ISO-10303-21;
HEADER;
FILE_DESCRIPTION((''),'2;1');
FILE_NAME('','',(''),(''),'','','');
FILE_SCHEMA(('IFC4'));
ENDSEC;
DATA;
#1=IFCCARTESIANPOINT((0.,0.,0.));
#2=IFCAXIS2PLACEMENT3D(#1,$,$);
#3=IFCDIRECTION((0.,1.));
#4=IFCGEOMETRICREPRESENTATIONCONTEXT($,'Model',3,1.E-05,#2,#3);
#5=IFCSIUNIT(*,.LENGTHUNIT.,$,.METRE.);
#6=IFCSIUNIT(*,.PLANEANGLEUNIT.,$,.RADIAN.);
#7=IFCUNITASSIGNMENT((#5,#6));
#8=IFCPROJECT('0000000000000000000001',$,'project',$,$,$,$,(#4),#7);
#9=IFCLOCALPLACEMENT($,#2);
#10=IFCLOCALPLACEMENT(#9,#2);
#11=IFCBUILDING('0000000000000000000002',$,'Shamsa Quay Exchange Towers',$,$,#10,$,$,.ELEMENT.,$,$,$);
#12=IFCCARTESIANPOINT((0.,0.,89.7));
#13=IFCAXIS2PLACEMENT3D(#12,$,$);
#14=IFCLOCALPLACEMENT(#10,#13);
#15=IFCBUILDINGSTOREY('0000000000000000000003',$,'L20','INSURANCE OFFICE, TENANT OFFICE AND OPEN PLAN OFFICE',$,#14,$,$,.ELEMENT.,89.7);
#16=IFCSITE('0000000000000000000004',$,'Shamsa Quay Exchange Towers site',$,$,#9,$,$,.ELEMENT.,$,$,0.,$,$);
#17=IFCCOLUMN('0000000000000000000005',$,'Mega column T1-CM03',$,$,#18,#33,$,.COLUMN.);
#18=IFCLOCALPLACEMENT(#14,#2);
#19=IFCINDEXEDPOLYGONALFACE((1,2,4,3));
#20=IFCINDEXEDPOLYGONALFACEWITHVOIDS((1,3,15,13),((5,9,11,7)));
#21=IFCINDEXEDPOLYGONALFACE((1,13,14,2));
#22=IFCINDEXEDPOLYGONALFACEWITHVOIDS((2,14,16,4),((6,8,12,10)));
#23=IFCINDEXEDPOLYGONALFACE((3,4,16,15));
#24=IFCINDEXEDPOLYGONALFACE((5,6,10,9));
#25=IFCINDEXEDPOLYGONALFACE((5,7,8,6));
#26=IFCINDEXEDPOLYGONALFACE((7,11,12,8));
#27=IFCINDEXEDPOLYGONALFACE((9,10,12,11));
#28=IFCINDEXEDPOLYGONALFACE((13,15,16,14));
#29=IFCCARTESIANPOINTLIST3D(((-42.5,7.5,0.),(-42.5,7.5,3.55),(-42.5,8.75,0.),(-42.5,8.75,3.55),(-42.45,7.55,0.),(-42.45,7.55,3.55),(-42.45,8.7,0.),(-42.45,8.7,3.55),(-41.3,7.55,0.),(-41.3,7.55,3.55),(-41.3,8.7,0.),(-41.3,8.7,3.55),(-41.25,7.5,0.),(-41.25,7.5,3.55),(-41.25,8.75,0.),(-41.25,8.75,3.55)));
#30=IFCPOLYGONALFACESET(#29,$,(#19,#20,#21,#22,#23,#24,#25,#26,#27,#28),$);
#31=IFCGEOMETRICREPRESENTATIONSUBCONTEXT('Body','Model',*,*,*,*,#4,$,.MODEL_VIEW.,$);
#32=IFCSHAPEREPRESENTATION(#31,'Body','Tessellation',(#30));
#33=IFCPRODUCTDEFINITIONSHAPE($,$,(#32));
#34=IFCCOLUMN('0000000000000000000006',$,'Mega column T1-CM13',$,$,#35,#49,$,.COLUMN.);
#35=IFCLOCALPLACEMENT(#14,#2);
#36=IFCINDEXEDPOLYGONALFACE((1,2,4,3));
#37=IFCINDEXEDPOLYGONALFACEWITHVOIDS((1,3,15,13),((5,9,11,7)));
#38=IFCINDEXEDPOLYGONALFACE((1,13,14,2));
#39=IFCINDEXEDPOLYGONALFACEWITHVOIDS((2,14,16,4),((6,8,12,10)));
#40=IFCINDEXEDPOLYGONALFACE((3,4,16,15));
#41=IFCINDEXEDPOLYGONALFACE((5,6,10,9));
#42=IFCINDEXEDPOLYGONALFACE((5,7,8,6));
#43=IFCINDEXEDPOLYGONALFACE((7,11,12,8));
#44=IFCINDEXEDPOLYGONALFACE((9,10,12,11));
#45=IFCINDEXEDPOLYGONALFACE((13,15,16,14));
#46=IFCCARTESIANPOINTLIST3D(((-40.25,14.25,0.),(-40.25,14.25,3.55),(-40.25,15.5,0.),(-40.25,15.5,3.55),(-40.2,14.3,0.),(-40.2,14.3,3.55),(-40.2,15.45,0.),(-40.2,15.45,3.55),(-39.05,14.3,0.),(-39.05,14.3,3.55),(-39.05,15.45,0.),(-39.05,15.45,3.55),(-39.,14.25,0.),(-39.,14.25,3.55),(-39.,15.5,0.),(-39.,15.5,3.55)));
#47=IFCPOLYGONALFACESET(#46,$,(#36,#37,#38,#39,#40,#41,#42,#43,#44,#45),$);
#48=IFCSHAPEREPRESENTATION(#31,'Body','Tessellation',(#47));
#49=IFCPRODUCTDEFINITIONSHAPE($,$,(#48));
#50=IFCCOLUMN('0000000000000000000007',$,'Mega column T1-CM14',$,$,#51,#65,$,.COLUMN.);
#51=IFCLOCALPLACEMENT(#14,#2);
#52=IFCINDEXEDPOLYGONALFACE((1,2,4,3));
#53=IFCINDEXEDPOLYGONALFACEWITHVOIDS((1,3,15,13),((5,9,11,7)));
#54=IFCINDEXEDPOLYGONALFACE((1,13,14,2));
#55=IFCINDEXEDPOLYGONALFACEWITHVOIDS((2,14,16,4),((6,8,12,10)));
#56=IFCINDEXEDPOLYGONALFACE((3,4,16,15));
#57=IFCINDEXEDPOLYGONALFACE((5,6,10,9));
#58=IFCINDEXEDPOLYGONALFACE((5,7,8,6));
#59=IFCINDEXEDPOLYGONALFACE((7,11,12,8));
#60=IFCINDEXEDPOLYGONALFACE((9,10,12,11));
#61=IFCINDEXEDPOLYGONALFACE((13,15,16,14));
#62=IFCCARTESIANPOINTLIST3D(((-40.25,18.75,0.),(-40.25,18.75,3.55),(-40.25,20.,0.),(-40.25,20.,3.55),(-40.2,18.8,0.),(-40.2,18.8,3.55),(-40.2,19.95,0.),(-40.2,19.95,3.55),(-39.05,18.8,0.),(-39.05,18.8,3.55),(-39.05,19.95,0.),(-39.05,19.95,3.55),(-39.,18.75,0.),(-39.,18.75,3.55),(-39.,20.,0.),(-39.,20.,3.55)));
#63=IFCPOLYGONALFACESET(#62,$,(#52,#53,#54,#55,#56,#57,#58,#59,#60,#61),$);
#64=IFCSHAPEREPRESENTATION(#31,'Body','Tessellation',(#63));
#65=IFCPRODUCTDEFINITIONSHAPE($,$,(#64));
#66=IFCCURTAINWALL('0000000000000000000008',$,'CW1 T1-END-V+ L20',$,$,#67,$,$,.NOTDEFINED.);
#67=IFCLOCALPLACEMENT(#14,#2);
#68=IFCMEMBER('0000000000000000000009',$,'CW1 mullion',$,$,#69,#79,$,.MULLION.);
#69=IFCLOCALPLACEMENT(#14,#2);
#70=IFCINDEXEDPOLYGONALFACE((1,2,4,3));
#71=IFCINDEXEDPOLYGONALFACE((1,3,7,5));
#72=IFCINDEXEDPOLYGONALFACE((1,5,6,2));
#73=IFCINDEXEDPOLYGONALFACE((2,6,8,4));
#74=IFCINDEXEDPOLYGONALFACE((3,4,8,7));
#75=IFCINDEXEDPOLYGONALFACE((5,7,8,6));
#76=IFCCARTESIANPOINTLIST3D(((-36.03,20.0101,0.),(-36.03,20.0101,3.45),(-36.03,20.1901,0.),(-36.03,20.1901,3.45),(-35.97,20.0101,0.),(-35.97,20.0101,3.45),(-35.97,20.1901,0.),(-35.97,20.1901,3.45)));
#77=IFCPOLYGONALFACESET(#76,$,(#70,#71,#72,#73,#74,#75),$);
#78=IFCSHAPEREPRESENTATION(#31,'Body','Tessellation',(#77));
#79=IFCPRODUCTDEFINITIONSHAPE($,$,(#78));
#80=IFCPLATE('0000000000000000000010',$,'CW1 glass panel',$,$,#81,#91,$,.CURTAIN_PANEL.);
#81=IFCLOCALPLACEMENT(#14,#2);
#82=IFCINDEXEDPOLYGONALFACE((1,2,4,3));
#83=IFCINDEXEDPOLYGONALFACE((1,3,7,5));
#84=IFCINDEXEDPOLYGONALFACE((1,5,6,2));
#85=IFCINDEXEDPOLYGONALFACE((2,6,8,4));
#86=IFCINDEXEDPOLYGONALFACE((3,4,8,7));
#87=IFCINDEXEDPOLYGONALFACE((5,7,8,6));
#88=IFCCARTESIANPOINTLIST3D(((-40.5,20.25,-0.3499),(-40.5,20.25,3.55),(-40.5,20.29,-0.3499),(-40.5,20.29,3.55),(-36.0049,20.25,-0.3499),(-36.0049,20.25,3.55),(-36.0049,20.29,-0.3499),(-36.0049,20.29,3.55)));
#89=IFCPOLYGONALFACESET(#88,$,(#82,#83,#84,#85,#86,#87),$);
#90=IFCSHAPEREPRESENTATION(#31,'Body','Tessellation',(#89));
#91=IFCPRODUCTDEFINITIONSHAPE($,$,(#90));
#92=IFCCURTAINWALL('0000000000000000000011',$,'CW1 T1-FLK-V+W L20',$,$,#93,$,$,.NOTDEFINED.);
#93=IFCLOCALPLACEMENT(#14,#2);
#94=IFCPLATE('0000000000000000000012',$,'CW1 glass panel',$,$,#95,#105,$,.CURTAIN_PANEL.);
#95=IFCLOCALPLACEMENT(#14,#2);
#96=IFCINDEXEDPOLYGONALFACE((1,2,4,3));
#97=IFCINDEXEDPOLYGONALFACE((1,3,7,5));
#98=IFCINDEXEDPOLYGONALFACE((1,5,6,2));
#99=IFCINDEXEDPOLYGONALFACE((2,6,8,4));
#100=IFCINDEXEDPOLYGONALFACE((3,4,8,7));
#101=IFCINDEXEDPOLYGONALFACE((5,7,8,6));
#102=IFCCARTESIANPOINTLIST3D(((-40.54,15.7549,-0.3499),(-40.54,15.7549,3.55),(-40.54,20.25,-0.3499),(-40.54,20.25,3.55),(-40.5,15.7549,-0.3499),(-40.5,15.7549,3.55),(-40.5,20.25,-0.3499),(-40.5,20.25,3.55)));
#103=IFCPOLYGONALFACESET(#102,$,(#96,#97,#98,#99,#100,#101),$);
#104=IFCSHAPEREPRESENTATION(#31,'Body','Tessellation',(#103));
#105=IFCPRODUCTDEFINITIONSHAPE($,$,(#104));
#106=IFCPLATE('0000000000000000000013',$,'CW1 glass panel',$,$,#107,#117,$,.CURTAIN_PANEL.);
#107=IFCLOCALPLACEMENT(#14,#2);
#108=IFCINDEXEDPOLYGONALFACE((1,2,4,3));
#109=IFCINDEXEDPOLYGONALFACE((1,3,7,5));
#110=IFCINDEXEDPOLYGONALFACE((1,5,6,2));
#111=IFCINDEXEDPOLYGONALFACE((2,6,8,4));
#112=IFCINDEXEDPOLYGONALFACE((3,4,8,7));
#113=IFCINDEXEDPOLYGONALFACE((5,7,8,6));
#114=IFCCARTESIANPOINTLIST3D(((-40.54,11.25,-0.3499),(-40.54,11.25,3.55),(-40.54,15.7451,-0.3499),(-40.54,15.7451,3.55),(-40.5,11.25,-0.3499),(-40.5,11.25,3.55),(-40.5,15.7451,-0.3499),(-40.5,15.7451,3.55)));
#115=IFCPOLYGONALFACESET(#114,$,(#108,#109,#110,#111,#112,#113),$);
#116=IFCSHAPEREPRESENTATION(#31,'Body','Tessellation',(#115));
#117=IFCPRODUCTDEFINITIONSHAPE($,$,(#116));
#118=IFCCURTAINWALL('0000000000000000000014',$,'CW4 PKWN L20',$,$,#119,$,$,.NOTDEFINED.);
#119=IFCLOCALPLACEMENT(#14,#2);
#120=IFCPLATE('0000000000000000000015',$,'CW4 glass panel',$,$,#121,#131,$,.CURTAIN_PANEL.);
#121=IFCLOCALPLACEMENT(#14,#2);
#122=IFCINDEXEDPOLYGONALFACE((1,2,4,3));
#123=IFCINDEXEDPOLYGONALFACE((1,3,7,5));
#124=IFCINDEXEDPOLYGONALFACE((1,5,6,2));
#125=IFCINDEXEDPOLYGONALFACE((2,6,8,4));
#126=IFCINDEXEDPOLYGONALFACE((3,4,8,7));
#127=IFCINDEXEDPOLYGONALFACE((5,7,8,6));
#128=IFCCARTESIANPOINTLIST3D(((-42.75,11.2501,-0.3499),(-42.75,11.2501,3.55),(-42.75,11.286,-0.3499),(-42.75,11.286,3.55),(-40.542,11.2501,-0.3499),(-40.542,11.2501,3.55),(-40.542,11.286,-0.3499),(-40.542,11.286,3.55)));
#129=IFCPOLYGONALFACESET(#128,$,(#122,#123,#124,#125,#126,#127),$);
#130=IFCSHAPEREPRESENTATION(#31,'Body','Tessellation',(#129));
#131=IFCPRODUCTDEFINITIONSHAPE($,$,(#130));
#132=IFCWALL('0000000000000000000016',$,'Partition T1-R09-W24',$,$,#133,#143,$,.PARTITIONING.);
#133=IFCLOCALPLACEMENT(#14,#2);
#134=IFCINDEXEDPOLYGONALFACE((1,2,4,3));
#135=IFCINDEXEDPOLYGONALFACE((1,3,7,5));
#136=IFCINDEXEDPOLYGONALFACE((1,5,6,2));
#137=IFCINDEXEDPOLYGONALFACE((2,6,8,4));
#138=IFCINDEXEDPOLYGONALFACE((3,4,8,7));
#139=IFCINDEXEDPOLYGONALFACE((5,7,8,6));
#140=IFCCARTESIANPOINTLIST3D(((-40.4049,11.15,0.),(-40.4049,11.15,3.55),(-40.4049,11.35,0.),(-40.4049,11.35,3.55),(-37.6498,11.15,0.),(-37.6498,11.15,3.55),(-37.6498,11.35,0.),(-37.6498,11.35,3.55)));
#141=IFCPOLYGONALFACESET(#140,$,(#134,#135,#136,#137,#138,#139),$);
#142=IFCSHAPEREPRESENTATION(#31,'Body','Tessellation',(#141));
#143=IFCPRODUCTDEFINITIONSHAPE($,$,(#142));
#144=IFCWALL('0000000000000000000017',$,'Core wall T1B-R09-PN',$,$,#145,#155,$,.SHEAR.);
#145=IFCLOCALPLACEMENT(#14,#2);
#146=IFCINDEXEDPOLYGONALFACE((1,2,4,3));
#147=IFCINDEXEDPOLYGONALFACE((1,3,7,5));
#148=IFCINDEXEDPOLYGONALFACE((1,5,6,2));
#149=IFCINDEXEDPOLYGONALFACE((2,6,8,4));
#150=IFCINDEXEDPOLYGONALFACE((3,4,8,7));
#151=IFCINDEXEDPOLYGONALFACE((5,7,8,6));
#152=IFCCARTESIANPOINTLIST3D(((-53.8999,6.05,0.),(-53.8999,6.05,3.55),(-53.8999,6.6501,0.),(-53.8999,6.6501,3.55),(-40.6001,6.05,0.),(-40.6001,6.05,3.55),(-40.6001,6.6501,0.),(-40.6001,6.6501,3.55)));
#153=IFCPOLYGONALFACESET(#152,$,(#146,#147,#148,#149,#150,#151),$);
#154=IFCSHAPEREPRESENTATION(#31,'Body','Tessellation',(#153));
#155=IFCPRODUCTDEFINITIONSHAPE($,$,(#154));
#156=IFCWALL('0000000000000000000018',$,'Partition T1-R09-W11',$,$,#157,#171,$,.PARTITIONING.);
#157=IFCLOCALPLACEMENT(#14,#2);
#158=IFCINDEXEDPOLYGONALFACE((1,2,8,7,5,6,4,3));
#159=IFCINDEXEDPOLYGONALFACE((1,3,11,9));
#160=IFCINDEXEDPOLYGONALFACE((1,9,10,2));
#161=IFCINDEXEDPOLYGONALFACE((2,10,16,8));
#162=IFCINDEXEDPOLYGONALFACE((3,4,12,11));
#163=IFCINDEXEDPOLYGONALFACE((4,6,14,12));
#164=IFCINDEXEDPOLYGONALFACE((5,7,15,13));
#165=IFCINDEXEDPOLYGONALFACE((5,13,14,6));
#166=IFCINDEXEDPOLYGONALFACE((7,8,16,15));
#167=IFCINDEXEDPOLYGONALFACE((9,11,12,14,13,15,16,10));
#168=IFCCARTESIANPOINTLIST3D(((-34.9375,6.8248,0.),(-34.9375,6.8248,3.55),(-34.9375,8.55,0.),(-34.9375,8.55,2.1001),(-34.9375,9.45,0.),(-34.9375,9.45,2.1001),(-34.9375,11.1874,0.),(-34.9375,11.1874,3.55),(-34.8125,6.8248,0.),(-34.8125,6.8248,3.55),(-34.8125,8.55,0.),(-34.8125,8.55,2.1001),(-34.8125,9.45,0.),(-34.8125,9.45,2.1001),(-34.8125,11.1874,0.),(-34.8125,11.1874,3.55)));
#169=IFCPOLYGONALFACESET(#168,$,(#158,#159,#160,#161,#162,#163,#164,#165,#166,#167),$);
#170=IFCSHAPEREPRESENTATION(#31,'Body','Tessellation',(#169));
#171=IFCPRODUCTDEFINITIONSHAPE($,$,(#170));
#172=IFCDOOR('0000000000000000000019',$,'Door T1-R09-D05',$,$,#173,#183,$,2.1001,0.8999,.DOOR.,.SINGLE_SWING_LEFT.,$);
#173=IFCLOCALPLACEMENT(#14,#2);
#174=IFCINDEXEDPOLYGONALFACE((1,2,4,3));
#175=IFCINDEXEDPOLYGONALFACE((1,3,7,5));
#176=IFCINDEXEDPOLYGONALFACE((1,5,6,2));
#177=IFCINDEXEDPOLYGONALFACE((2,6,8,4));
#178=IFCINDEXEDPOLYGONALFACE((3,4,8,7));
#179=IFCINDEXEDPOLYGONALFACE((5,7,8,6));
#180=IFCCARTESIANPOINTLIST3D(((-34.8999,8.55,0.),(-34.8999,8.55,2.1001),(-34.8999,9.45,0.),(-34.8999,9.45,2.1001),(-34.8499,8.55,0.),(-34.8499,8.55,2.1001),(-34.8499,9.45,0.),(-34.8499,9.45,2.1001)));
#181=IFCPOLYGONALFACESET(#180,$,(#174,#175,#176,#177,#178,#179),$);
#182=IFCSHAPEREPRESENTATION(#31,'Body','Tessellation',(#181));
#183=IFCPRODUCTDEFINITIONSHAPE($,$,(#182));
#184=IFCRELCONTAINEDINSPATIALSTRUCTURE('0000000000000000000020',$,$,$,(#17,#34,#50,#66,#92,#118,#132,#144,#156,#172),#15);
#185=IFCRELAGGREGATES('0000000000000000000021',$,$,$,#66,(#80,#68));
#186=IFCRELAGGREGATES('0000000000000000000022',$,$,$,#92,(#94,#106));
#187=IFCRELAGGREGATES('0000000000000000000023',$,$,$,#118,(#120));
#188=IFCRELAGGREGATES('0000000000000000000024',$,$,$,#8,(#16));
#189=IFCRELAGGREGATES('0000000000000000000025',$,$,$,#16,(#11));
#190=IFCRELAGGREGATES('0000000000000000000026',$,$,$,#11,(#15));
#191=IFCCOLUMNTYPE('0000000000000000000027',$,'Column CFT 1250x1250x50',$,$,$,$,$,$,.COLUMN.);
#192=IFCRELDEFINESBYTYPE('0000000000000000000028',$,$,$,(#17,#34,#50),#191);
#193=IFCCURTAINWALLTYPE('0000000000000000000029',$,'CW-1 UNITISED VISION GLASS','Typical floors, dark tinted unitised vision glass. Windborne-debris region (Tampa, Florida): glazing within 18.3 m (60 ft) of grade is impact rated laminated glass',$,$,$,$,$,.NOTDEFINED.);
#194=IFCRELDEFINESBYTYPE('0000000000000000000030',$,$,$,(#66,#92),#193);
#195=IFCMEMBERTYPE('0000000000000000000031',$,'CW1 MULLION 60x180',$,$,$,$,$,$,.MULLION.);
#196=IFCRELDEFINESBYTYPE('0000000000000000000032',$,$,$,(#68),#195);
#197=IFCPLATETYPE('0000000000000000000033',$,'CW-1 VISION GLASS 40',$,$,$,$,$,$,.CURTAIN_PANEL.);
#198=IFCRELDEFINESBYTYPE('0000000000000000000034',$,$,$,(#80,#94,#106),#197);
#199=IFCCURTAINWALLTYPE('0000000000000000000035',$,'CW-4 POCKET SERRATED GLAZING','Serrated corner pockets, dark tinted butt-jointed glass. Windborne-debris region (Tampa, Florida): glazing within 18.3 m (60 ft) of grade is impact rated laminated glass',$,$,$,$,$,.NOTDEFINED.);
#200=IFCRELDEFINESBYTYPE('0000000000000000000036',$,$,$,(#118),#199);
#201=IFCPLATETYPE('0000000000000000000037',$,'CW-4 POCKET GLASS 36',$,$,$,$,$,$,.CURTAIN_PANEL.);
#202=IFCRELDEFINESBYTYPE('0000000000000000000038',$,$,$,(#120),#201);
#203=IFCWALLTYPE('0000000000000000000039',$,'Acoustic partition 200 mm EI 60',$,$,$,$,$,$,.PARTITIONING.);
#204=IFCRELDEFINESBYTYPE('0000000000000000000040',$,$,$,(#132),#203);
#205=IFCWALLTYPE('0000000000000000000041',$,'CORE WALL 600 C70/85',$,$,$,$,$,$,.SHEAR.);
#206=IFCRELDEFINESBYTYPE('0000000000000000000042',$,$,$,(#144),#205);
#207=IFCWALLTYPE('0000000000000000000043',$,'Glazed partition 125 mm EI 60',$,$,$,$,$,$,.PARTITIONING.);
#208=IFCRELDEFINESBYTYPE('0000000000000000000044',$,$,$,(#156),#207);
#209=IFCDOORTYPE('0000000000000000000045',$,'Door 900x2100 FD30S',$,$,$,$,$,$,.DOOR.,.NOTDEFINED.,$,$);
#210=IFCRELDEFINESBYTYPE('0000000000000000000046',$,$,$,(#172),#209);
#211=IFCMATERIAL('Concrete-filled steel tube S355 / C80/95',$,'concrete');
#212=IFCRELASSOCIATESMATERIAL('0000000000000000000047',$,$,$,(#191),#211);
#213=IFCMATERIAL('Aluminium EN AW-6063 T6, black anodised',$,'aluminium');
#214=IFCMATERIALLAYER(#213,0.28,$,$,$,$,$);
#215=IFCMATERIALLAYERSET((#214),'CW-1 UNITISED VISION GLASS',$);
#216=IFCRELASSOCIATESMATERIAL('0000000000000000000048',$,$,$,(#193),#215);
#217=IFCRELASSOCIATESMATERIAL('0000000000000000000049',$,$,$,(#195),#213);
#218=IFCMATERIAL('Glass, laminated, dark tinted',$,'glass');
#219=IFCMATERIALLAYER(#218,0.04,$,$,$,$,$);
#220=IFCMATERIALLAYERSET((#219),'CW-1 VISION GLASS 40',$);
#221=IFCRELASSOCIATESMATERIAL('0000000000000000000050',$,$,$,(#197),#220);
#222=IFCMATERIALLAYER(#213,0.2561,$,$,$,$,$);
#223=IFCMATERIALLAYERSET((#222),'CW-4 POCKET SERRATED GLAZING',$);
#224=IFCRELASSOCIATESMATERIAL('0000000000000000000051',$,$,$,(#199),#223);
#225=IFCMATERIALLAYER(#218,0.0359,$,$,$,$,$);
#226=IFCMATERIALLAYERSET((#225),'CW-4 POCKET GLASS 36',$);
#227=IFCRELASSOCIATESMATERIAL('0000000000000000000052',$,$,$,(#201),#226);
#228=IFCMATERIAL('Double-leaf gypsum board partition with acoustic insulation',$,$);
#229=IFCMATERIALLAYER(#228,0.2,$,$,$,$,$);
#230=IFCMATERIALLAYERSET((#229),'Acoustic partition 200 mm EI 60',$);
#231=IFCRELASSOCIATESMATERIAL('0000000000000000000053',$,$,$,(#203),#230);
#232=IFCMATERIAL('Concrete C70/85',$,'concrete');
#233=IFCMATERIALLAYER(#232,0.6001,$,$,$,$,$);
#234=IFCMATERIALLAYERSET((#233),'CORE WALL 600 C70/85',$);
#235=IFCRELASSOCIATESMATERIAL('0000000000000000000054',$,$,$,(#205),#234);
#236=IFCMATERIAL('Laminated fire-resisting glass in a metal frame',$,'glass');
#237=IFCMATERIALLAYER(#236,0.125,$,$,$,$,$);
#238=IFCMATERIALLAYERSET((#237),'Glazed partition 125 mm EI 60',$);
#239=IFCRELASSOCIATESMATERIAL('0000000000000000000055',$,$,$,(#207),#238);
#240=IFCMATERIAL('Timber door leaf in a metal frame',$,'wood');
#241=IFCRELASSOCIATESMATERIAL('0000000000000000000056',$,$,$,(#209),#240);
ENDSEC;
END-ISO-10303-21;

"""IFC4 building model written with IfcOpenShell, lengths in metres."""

from ifc_helpers import new_model, si_unit, direction, frame, frame_2d, origin, origin_2d, place, context, subcontext, project, spatial, rectangle, hollow_rectangle, extrude, material, layer, layer_set, material_profile, profile_set, type_object, element, fill, aggregate, save


model = new_model("IFC4")

# Units and contexts
model_context = context("Model", 3, precision=1e-05, world=origin(), true_north=direction((0.0, 1.0)))
body_context = subcontext(model_context, "Body", "Model", "MODEL_VIEW")
ifc_project = project(units=[si_unit("LENGTHUNIT", "METRE"), si_unit("PLANEANGLEUNIT", "RADIAN")], contexts=[model_context])

# Site, building, storey
site_placement = place(None, origin())
site = spatial("IfcSite", under=ifc_project, at=site_placement, Name="Shamsa Quay Exchange Towers site", CompositionType="ELEMENT", RefElevation=0.0)
building_placement = place(site_placement, origin())
building = spatial("IfcBuilding", under=site, at=building_placement, Name="Shamsa Quay Exchange Towers", CompositionType="ELEMENT")
storey_placement = place(building_placement, frame((0.0, 0.0, 89.7)))
storey = spatial("IfcBuildingStorey", under=building, at=storey_placement, Name="L20", Description="INSURANCE OFFICE, TENANT OFFICE AND OPEN PLAN OFFICE", CompositionType="ELEMENT", Elevation=89.7)

# Columns
ifc_material_1 = material(Name="Concrete-filled steel tube S355 / C80/95", Category="concrete")
ifc_material_profile_1 = material_profile(ifc_material_1, hollow_rectangle(XDim=1.25, YDim=1.25, WallThickness=0.05, at=origin_2d()), Name="CFT 1250x1250x50")
ifc_profile_set_1 = profile_set([ifc_material_profile_1], Name="Concrete-filled steel tube S355 / C80/95")
column_type = type_object("IfcColumnType", Name="Column CFT 1250x1250x50", PredefinedType="COLUMN", material=ifc_profile_set_1)
for number, where, name in (
    (1, (-41.875, 8.125, 0.0), "Mega column T1-CM03"),
    (2, (-39.625, 14.875, 0.0), "Mega column T1-CM13"),
    (3, (-39.625, 19.375, 0.0), "Mega column T1-CM14"),
):
    element("IfcColumn", number, at=place(storey_placement, frame(where)), inside=storey, type_object=column_type, Name=name, PredefinedType="COLUMN", context=body_context, shape_type="SweptSolid", body=[
        extrude(hollow_rectangle(XDim=1.25, YDim=1.25, WallThickness=0.05, at=origin_2d()), origin(), (0.0, 0.0, 1.0), 3.55),
    ])

# Curtain wall, member, plate
ifc_material_2 = material(Name="Aluminium EN AW-6063 T6, black anodised", Category="aluminium")
ifc_layer_1 = layer(ifc_material_2, 0.28)
ifc_layer_set_1 = layer_set([ifc_layer_1], Name="CW-1 UNITISED VISION GLASS")
curtain_wall_type_1 = type_object("IfcCurtainWallType", Name="CW-1 UNITISED VISION GLASS", Description="Typical floors, dark tinted unitised vision glass. Windborne-debris region (Tampa, Florida): glazing within 18.3 m (60 ft) of grade is impact rated laminated glass", PredefinedType="NOTDEFINED", material=ifc_layer_set_1)
curtain_wall_1_placement = place(storey_placement, origin())
curtain_wall_1 = element("IfcCurtainWall", 4, at=curtain_wall_1_placement, inside=storey, type_object=curtain_wall_type_1, Name="CW1 T1-END-V+ L20", PredefinedType="NOTDEFINED")
ifc_material_profile_2 = material_profile(ifc_material_2, rectangle(XDim=0.1799, YDim=0.0601, at=origin_2d()), Name="MU60x180")
ifc_profile_set_2 = profile_set([ifc_material_profile_2], Name="Aluminium EN AW-6063 T6, black anodised")
member_type = type_object("IfcMemberType", Name="CW1 MULLION 60x180", PredefinedType="MULLION", material=ifc_profile_set_2)
member_placement = place(storey_placement, frame((-36.0, 20.1001, 0.0), z_axis=(0.0, 0.0, 1.0), x_axis=(0.0, -1.0, 0.0)))
member = element("IfcMember", 5, at=member_placement, type_object=member_type, Name="CW1 mullion", PredefinedType="MULLION", context=body_context, shape_type="SweptSolid", body=[
    extrude(rectangle(XDim=0.1799, YDim=0.0601, at=origin_2d()), origin(), (0.0, 0.0, 1.0), 3.45),
])
ifc_material_3 = material(Name="Glass, laminated, dark tinted", Category="glass")
ifc_layer_2 = layer(ifc_material_3, 0.04)
ifc_layer_set_2 = layer_set([ifc_layer_2], Name="CW-1 VISION GLASS 40")
plate_type_1 = type_object("IfcPlateType", Name="CW-1 VISION GLASS 40", PredefinedType="CURTAIN_PANEL", material=ifc_layer_set_2)
plate_1_placement = place(storey_placement, frame((-38.2524, 20.27, -0.3499), z_axis=(0.0, 0.0, 1.0), x_axis=(-1.0, 0.0, 0.0)))
plate_1 = element("IfcPlate", 6, at=plate_1_placement, type_object=plate_type_1, Name="CW1 glass panel", PredefinedType="CURTAIN_PANEL", context=body_context, shape_type="SweptSolid", body=[
    extrude(rectangle(XDim=4.4951, YDim=0.04, at=origin_2d()), origin(), (0.0, 0.0, 1.0), 3.8999),
])
aggregate(curtain_wall_1, [plate_1, member])

# Curtain wall, plates
curtain_wall_2_placement = place(storey_placement, origin())
curtain_wall_2 = element("IfcCurtainWall", 7, at=curtain_wall_2_placement, inside=storey, type_object=curtain_wall_type_1, Name="CW1 T1-FLK-V+W L20", PredefinedType="NOTDEFINED")
plate_2_placement = place(storey_placement, frame((-40.52, 18.0024, -0.3499), z_axis=(0.0, 0.0, 1.0), x_axis=(0.0, -1.0, 0.0)))
plate_2 = element("IfcPlate", 8, at=plate_2_placement, type_object=plate_type_1, Name="CW1 glass panel", PredefinedType="CURTAIN_PANEL", context=body_context, shape_type="SweptSolid", body=[
    extrude(rectangle(XDim=4.4951, YDim=0.04, at=origin_2d()), origin(), (0.0, 0.0, 1.0), 3.8999),
])
plate_3_placement = place(storey_placement, frame((-40.52, 13.4976, -0.3499), z_axis=(0.0, 0.0, 1.0), x_axis=(0.0, -1.0, 0.0)))
plate_3 = element("IfcPlate", 9, at=plate_3_placement, type_object=plate_type_1, Name="CW1 glass panel", PredefinedType="CURTAIN_PANEL", context=body_context, shape_type="SweptSolid", body=[
    extrude(rectangle(XDim=4.4951, YDim=0.04, at=origin_2d()), origin(), (0.0, 0.0, 1.0), 3.8999),
])
aggregate(curtain_wall_2, [plate_2, plate_3])

# Curtain wall, plate
ifc_layer_3 = layer(ifc_material_2, 0.2561)
ifc_layer_set_3 = layer_set([ifc_layer_3], Name="CW-4 POCKET SERRATED GLAZING")
curtain_wall_type_2 = type_object("IfcCurtainWallType", Name="CW-4 POCKET SERRATED GLAZING", Description="Serrated corner pockets, dark tinted butt-jointed glass. Windborne-debris region (Tampa, Florida): glazing within 18.3 m (60 ft) of grade is impact rated laminated glass", PredefinedType="NOTDEFINED", material=ifc_layer_set_3)
curtain_wall_3_placement = place(storey_placement, origin())
curtain_wall_3 = element("IfcCurtainWall", 10, at=curtain_wall_3_placement, inside=storey, type_object=curtain_wall_type_2, Name="CW4 PKWN L20", PredefinedType="NOTDEFINED")
ifc_layer_4 = layer(ifc_material_3, 0.0359)
ifc_layer_set_4 = layer_set([ifc_layer_4], Name="CW-4 POCKET GLASS 36")
plate_type_2 = type_object("IfcPlateType", Name="CW-4 POCKET GLASS 36", PredefinedType="CURTAIN_PANEL", material=ifc_layer_set_4)
plate_4_placement = place(storey_placement, frame((-41.646, 11.2681, -0.3499), z_axis=(0.0, 0.0, 1.0), x_axis=(-1.0, 0.0, 0.0)))
plate_4 = element("IfcPlate", 11, at=plate_4_placement, type_object=plate_type_2, Name="CW4 glass panel", PredefinedType="CURTAIN_PANEL", context=body_context, shape_type="SweptSolid", body=[
    extrude(rectangle(XDim=2.208, YDim=0.0359, at=origin_2d()), origin(), (0.0, 0.0, 1.0), 3.8999),
])
aggregate(curtain_wall_3, [plate_4])

# Shared definitions
ifc_material_4 = material(Name="Double-leaf gypsum board partition with acoustic insulation")
ifc_layer_5 = layer(ifc_material_4, 0.2)
ifc_layer_set_5 = layer_set([ifc_layer_5], Name="Acoustic partition 200 mm EI 60")
wall_type_1 = type_object("IfcWallType", Name="Acoustic partition 200 mm EI 60", PredefinedType="PARTITIONING", material=ifc_layer_set_5)
ifc_material_5 = material(Name="Timber door leaf in a metal frame", Category="wood")

# Walls
wall_1_placement = place(storey_placement, frame((-37.6499, 11.25, 0.0), z_axis=(0.0, 0.0, 1.0), x_axis=(-1.0, 0.0, 0.0)))
element("IfcWall", 12, at=wall_1_placement, inside=storey, type_object=wall_type_1, Name="Partition T1-R09-W24", PredefinedType="PARTITIONING", context=body_context, shape_type="SweptSolid", body=[
    extrude(rectangle(XDim=2.7551, YDim=0.2, at=frame_2d((1.3774, 0.0))), origin(), (0.0, 0.0, 1.0), 3.55),
])
ifc_material_6 = material(Name="Concrete C70/85", Category="concrete")
ifc_layer_6 = layer(ifc_material_6, 0.6001)
ifc_layer_set_6 = layer_set([ifc_layer_6], Name="CORE WALL 600 C70/85")
wall_type_2 = type_object("IfcWallType", Name="CORE WALL 600 C70/85", PredefinedType="SHEAR", material=ifc_layer_set_6)
wall_2_placement = place(storey_placement, frame((-40.6001, 6.3501, 0.0), z_axis=(0.0, 0.0, 1.0), x_axis=(-1.0, 0.0, 0.0)))
element("IfcWall", 13, at=wall_2_placement, inside=storey, type_object=wall_type_2, Name="Core wall T1B-R09-PN", PredefinedType="SHEAR", context=body_context, shape_type="SweptSolid", body=[
    extrude(rectangle(XDim=13.2998, YDim=0.6001, at=frame_2d((6.6499, 0.0))), origin(), (0.0, 0.0, 1.0), 3.55),
])

# Wall, opening, door
ifc_material_7 = material(Name="Laminated fire-resisting glass in a metal frame", Category="glass")
ifc_layer_7 = layer(ifc_material_7, 0.125)
ifc_layer_set_7 = layer_set([ifc_layer_7], Name="Glazed partition 125 mm EI 60")
wall_type_3 = type_object("IfcWallType", Name="Glazed partition 125 mm EI 60", PredefinedType="PARTITIONING", material=ifc_layer_set_7)
wall_3_placement = place(storey_placement, frame((-34.875, 6.825, 0.0), z_axis=(0.0, 0.0, 1.0), x_axis=(0.0, 1.0, 0.0)))
wall_3 = element("IfcWall", 14, at=wall_3_placement, inside=storey, type_object=wall_type_3, Name="Partition T1-R09-W11", PredefinedType="PARTITIONING", context=body_context, shape_type="SweptSolid", body=[
    extrude(rectangle(XDim=4.3625, YDim=0.125, at=frame_2d((2.1812, 0.0))), origin(), (0.0, 0.0, 1.0), 3.55),
])
opening_1_placement = place(wall_3_placement, frame((1.7251, 0.0, 0.0)))
opening_1 = element("IfcOpeningElement", 15, at=opening_1_placement, cuts=wall_3, PredefinedType="OPENING", context=body_context, shape_type="SweptSolid", body=[
    extrude(rectangle(XDim=0.8999, YDim=2.1001, at=frame_2d((0.45, 1.05))), frame((0.0, 0.0725, 0.0), z_axis=(0.0, -1.0, 0.0), x_axis=(1.0, 0.0, 0.0)), (0.0, 0.0, 1.0), 0.145),
])
door_type_1 = type_object("IfcDoorType", Name="Door 900x2100 FD30S", OperationType="NOTDEFINED", PredefinedType="DOOR", material=ifc_material_5)
door_1_placement = place(opening_1_placement, origin())
door_1 = element("IfcDoor", 16, at=door_1_placement, inside=storey, type_object=door_type_1, Name="Door T1-R09-D05", OperationType="SINGLE_SWING_LEFT", OverallHeight=2.1001, OverallWidth=0.8999, PredefinedType="DOOR", context=body_context, shape_type="SweptSolid", body=[
    extrude(rectangle(XDim=0.8999, YDim=2.1001, at=frame_2d((0.45, 1.05))), frame((0.0, 0.0249, 0.0), z_axis=(0.0, -1.0, 0.0), x_axis=(1.0, 0.0, 0.0)), (0.0, 0.0, 1.0), 0.05),
])
fill(opening_1, door_1)

save(model, "model.ifc")
